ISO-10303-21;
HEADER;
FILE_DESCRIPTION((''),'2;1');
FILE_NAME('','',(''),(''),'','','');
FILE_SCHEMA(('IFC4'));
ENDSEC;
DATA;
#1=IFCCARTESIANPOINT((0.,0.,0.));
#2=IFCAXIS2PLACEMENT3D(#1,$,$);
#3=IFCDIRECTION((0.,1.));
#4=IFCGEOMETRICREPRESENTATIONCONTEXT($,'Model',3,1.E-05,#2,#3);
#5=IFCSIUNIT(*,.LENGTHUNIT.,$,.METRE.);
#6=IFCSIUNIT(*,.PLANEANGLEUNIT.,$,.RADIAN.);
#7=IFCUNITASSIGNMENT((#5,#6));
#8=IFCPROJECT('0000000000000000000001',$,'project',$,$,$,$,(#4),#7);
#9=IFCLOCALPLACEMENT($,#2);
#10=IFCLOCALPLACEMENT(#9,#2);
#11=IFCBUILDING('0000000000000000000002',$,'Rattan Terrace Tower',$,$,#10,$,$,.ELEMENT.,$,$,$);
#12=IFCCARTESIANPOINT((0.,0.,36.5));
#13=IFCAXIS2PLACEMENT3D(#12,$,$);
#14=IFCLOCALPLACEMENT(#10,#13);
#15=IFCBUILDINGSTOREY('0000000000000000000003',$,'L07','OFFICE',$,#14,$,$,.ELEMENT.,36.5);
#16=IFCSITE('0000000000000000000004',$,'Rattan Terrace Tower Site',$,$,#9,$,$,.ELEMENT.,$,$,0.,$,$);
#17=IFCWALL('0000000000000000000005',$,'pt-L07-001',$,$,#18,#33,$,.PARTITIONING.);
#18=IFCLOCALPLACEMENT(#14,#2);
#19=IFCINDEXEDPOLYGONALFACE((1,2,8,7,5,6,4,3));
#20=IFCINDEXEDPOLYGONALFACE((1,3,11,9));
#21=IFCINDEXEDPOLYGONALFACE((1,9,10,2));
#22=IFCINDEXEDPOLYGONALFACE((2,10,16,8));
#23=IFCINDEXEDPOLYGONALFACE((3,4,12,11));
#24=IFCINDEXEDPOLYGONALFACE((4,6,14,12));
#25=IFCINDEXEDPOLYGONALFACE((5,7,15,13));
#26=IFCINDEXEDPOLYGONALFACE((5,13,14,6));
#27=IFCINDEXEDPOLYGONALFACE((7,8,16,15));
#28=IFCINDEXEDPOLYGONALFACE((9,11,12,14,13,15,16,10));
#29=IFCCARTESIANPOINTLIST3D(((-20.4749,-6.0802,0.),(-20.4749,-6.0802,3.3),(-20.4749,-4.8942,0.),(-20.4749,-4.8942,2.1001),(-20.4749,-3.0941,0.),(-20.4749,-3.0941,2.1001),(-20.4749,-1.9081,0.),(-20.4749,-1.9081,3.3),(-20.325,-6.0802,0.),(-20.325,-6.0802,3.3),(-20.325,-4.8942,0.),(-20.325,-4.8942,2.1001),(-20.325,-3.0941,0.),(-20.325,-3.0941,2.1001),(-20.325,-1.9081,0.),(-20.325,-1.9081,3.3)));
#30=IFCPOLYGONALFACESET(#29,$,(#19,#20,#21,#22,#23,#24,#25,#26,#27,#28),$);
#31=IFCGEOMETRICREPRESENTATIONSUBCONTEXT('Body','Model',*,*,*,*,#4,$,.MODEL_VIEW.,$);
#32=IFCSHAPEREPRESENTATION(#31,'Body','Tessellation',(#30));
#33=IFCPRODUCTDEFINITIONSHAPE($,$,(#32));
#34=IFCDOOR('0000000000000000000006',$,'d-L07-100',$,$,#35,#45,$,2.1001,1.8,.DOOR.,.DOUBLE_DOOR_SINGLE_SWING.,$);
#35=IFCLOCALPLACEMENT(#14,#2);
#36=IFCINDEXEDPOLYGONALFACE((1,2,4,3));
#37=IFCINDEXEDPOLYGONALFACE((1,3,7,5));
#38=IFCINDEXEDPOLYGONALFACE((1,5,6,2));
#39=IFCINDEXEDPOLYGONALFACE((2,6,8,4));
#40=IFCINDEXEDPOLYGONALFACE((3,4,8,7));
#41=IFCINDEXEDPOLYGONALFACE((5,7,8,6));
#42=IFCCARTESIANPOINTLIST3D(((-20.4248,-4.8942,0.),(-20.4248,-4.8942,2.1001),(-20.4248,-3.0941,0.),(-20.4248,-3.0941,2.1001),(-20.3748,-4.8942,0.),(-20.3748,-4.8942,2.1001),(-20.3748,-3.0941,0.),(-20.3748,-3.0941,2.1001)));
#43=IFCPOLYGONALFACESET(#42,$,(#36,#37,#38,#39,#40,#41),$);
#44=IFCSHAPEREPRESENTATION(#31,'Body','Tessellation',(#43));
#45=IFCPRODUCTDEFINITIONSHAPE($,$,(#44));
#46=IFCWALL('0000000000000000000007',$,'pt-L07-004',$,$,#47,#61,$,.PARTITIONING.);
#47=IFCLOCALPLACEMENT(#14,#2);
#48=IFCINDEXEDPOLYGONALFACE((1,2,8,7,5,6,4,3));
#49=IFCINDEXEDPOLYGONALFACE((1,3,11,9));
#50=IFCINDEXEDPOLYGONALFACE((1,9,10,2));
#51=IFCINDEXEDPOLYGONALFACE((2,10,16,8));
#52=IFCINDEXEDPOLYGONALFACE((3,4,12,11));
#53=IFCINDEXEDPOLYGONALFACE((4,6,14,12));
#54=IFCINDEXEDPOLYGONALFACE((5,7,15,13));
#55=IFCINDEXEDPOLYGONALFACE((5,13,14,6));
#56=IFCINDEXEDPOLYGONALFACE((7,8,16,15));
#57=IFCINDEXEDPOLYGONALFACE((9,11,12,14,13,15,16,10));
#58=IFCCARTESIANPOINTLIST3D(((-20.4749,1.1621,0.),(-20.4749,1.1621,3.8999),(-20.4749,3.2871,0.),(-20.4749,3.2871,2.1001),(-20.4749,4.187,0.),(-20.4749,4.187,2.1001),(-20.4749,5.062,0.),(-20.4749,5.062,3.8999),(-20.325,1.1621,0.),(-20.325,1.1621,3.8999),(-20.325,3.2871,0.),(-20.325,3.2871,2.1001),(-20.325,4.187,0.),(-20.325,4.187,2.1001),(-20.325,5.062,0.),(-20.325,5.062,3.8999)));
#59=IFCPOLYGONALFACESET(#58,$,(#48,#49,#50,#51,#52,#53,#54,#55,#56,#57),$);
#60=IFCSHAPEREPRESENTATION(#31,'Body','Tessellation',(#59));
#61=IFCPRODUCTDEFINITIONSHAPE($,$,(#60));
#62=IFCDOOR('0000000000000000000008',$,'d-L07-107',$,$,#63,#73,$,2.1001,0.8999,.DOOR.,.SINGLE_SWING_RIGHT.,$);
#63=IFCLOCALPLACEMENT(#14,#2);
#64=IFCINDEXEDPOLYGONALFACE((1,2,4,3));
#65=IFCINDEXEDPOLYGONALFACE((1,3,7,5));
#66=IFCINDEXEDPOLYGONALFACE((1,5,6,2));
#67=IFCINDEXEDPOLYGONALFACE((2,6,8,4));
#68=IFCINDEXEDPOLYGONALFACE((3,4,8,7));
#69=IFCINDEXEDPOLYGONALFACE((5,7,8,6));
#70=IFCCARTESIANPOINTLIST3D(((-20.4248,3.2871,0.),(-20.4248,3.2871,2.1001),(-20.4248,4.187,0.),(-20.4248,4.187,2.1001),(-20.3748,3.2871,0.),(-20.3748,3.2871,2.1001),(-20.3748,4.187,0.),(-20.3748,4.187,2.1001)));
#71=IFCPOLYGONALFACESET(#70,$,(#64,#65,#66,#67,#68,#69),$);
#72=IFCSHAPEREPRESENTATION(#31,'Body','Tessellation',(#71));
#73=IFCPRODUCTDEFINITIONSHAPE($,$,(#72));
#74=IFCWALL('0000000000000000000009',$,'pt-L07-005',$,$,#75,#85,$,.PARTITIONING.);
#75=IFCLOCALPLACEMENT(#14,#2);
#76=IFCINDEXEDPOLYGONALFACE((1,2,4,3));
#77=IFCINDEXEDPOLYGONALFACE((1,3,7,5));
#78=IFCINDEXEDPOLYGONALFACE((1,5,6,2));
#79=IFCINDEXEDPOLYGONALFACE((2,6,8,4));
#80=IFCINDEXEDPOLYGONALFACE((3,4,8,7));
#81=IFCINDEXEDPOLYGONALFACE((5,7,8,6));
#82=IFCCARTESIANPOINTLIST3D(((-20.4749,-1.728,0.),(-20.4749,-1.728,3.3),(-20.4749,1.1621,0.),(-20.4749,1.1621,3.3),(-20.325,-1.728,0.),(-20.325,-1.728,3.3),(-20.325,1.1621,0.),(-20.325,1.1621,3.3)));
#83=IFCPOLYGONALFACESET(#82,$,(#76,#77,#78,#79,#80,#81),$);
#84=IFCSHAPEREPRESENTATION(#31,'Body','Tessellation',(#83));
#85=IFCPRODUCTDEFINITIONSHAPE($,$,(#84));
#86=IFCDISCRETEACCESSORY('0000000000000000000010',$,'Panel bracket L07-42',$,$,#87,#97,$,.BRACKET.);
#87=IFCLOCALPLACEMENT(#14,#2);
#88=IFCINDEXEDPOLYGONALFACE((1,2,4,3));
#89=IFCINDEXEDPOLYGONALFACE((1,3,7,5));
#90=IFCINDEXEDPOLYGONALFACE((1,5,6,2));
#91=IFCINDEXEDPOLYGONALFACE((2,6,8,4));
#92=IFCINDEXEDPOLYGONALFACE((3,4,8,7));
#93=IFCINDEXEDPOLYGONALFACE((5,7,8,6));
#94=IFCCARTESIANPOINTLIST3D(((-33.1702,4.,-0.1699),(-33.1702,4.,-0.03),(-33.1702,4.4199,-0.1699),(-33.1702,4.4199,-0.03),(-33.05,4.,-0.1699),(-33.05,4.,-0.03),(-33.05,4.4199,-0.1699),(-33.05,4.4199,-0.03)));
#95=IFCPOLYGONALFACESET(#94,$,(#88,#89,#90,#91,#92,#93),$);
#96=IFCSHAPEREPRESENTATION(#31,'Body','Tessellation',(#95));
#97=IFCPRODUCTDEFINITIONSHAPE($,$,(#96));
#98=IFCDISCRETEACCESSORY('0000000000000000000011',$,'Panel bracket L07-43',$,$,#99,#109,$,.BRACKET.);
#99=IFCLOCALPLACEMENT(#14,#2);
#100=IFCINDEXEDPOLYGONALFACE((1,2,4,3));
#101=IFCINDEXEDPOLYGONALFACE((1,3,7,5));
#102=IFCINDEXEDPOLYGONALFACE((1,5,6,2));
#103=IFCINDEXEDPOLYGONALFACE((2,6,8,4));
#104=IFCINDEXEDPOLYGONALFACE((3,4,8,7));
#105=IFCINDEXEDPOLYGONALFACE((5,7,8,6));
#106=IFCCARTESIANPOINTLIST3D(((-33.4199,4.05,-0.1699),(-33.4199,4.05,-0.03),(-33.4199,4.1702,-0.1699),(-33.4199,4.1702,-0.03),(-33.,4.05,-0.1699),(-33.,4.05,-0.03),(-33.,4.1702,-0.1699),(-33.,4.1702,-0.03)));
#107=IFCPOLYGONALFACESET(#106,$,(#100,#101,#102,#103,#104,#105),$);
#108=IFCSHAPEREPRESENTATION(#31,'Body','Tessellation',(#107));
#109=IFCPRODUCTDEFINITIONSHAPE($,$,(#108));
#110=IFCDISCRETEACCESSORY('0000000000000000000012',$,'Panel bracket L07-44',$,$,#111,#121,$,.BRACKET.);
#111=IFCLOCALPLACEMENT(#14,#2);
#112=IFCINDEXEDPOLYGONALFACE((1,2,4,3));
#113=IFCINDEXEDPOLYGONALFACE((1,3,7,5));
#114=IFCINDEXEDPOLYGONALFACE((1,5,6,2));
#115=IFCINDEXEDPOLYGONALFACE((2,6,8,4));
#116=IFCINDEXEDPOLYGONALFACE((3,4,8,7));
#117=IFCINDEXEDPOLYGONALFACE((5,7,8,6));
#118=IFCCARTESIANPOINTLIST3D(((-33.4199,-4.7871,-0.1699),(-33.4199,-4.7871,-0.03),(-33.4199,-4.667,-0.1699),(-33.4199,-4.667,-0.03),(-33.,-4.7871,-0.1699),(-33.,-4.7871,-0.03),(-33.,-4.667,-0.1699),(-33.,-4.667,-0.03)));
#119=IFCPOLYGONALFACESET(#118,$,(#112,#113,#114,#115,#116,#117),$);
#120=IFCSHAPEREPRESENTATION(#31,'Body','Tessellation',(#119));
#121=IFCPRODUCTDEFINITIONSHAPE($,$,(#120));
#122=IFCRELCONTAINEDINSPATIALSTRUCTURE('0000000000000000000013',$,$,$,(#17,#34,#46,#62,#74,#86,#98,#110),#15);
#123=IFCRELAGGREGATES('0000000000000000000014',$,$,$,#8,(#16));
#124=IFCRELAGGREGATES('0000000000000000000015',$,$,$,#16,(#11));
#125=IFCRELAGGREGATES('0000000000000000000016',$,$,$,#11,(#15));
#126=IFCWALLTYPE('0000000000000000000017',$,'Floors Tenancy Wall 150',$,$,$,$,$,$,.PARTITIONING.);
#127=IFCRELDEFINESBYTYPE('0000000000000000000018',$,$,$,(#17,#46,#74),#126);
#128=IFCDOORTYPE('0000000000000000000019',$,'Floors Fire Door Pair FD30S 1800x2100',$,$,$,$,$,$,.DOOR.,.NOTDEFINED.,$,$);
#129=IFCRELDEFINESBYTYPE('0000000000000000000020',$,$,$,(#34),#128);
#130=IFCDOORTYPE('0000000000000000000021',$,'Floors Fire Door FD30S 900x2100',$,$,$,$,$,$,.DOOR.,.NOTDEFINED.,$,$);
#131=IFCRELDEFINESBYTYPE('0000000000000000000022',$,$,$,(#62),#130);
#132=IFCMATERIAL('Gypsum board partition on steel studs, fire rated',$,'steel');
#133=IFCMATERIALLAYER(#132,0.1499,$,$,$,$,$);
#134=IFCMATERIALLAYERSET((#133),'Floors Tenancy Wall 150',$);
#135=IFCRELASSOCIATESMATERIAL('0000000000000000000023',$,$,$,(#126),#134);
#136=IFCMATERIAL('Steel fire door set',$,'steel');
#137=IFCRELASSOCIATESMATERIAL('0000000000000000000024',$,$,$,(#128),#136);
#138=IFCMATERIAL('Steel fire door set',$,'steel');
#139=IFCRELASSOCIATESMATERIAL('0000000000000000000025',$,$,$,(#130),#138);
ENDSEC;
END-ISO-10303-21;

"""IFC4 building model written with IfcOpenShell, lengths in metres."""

from ifc_helpers import new_model, si_unit, direction, frame, frame_2d, origin, origin_2d, place, context, subcontext, project, spatial, rectangle, extrude, material, layer, layer_set, type_object, element, fill, save


model = new_model("IFC4")

# Units and contexts
model_context = context("Model", 3, precision=1e-05, world=origin(), true_north=direction((0.0, 1.0)))
body_context = subcontext(model_context, "Body", "Model", "MODEL_VIEW")
ifc_project = project(units=[si_unit("LENGTHUNIT", "METRE"), si_unit("PLANEANGLEUNIT", "RADIAN")], contexts=[model_context])

# Site, building, storey
site_placement = place(None, origin())
site = spatial("IfcSite", under=ifc_project, at=site_placement, Name="Rattan Terrace Tower Site", CompositionType="ELEMENT", RefElevation=0.0)
building_placement = place(site_placement, origin())
building = spatial("IfcBuilding", under=site, at=building_placement, Name="Rattan Terrace Tower", CompositionType="ELEMENT")
storey_placement = place(building_placement, frame((0.0, 0.0, 36.5)))
storey = spatial("IfcBuildingStorey", under=building, at=storey_placement, Name="L07", Description="OFFICE", CompositionType="ELEMENT", Elevation=36.5)

# Walls, openings, doors
ifc_material_1 = material(Name="Gypsum board partition on steel studs, fire rated", Category="steel")
ifc_layer_1 = layer(ifc_material_1, 0.1499)
ifc_layer_set_1 = layer_set([ifc_layer_1], Name="Floors Tenancy Wall 150")
wall_type_1 = type_object("IfcWallType", Name="Floors Tenancy Wall 150", PredefinedType="PARTITIONING", material=ifc_layer_set_1)
wall_1_placement = place(storey_placement, frame((-20.3999, -6.0801, 0.0), z_axis=(0.0, 0.0, 1.0), x_axis=(0.0, 1.0, 0.0)))
wall_1 = element("IfcWall", 1, at=wall_1_placement, inside=storey, type_object=wall_type_1, Name="pt-L07-001", PredefinedType="PARTITIONING", context=body_context, shape_type="SweptSolid", body=[
    extrude(rectangle(XDim=4.1721, YDim=0.1499, at=frame_2d((2.0859, 0.0))), origin(), (0.0, 0.0, 1.0), 3.3),
])
opening_1_placement = place(wall_1_placement, frame((1.186, 0.0, 0.0)))
opening_1 = element("IfcOpeningElement", 2, at=opening_1_placement, cuts=wall_1, PredefinedType="OPENING", context=body_context, shape_type="SweptSolid", body=[
    extrude(rectangle(XDim=1.8, YDim=2.1001, at=frame_2d((0.8999, 1.05))), frame((0.0, 0.0854, 0.0), z_axis=(0.0, -1.0, 0.0), x_axis=(1.0, 0.0, 0.0)), (0.0, 0.0, 1.0), 0.1709),
])
ifc_material_2 = material(Name="Steel fire door set", Category="steel")
door_type_1 = type_object("IfcDoorType", Name="Floors Fire Door Pair FD30S 1800x2100", OperationType="NOTDEFINED", PredefinedType="DOOR", material=ifc_material_2)
door_1_placement = place(opening_1_placement, origin())
door_1 = element("IfcDoor", 3, at=door_1_placement, inside=storey, type_object=door_type_1, Name="d-L07-100", OperationType="DOUBLE_DOOR_SINGLE_SWING", OverallHeight=2.1001, OverallWidth=1.8, PredefinedType="DOOR", context=body_context, shape_type="SweptSolid", body=[
    extrude(rectangle(XDim=1.8, YDim=2.1001, at=frame_2d((0.8999, 1.05))), frame((0.0, 0.0249, 0.0), z_axis=(0.0, -1.0, 0.0), x_axis=(1.0, 0.0, 0.0)), (0.0, 0.0, 1.0), 0.05),
])
fill(opening_1, door_1)
wall_2_placement = place(storey_placement, frame((-20.3999, 1.1621, 0.0), z_axis=(0.0, 0.0, 1.0), x_axis=(0.0, 1.0, 0.0)))
wall_2 = element("IfcWall", 4, at=wall_2_placement, inside=storey, type_object=wall_type_1, Name="pt-L07-004", PredefinedType="PARTITIONING", context=body_context, shape_type="SweptSolid", body=[
    extrude(rectangle(XDim=3.8999, YDim=0.1499, at=frame_2d((1.95, 0.0))), origin(), (0.0, 0.0, 1.0), 3.8999),
])
opening_2_placement = place(wall_2_placement, frame((2.125, 0.0, 0.0)))
opening_2 = element("IfcOpeningElement", 5, at=opening_2_placement, cuts=wall_2, PredefinedType="OPENING", context=body_context, shape_type="SweptSolid", body=[
    extrude(rectangle(XDim=0.8999, YDim=2.1001, at=frame_2d((0.45, 1.05))), frame((0.0, 0.0854, 0.0), z_axis=(0.0, -1.0, 0.0), x_axis=(1.0, 0.0, 0.0)), (0.0, 0.0, 1.0), 0.1709),
])
ifc_material_3 = material(Name="Steel fire door set", Category="steel")
door_type_2 = type_object("IfcDoorType", Name="Floors Fire Door FD30S 900x2100", OperationType="NOTDEFINED", PredefinedType="DOOR", material=ifc_material_3)
door_2_placement = place(opening_2_placement, origin())
door_2 = element("IfcDoor", 6, at=door_2_placement, inside=storey, type_object=door_type_2, Name="d-L07-107", OperationType="SINGLE_SWING_RIGHT", OverallHeight=2.1001, OverallWidth=0.8999, PredefinedType="DOOR", context=body_context, shape_type="SweptSolid", body=[
    extrude(rectangle(XDim=0.8999, YDim=2.1001, at=frame_2d((0.45, 1.05))), frame((0.0, 0.0249, 0.0), z_axis=(0.0, -1.0, 0.0), x_axis=(1.0, 0.0, 0.0)), (0.0, 0.0, 1.0), 0.05),
])
fill(opening_2, door_2)

# Wall
wall_3_placement = place(storey_placement, frame((-20.3999, -1.728, 0.0), z_axis=(0.0, 0.0, 1.0), x_axis=(0.0, 1.0, 0.0)))
element("IfcWall", 7, at=wall_3_placement, inside=storey, type_object=wall_type_1, Name="pt-L07-005", PredefinedType="PARTITIONING", context=body_context, shape_type="SweptSolid", body=[
    extrude(rectangle(XDim=2.8901, YDim=0.1499, at=frame_2d((1.4451, 0.0))), origin(), (0.0, 0.0, 1.0), 3.3),
])

# Discrete accessories
for number, where, z_axis, x_axis, name in (
    (8, (-33.1101, 4.21, -0.1699), (0.0, 0.0, 1.0), (-1.0, 0.0, 0.0), "Panel bracket L07-42"),
    (9, (-33.21, 4.1101, -0.1699), (0.0, 0.0, 1.0), (0.0, -1.0, 0.0), "Panel bracket L07-43"),
    (10, (-33.21, -4.7271, -0.1699), (0.0, 0.0, 1.0), (0.0, -1.0, 0.0), "Panel bracket L07-44"),
):
    element("IfcDiscreteAccessory", number, at=place(storey_placement, frame(where, z_axis=z_axis, x_axis=x_axis)), inside=storey, Name=name, PredefinedType="BRACKET", context=body_context, shape_type="SweptSolid", body=[
        extrude(rectangle(XDim=0.1201, YDim=0.4199, at=origin_2d()), origin(), (0.0, 0.0, 1.0), 0.1399),
    ])

save(model, "model.ifc")
